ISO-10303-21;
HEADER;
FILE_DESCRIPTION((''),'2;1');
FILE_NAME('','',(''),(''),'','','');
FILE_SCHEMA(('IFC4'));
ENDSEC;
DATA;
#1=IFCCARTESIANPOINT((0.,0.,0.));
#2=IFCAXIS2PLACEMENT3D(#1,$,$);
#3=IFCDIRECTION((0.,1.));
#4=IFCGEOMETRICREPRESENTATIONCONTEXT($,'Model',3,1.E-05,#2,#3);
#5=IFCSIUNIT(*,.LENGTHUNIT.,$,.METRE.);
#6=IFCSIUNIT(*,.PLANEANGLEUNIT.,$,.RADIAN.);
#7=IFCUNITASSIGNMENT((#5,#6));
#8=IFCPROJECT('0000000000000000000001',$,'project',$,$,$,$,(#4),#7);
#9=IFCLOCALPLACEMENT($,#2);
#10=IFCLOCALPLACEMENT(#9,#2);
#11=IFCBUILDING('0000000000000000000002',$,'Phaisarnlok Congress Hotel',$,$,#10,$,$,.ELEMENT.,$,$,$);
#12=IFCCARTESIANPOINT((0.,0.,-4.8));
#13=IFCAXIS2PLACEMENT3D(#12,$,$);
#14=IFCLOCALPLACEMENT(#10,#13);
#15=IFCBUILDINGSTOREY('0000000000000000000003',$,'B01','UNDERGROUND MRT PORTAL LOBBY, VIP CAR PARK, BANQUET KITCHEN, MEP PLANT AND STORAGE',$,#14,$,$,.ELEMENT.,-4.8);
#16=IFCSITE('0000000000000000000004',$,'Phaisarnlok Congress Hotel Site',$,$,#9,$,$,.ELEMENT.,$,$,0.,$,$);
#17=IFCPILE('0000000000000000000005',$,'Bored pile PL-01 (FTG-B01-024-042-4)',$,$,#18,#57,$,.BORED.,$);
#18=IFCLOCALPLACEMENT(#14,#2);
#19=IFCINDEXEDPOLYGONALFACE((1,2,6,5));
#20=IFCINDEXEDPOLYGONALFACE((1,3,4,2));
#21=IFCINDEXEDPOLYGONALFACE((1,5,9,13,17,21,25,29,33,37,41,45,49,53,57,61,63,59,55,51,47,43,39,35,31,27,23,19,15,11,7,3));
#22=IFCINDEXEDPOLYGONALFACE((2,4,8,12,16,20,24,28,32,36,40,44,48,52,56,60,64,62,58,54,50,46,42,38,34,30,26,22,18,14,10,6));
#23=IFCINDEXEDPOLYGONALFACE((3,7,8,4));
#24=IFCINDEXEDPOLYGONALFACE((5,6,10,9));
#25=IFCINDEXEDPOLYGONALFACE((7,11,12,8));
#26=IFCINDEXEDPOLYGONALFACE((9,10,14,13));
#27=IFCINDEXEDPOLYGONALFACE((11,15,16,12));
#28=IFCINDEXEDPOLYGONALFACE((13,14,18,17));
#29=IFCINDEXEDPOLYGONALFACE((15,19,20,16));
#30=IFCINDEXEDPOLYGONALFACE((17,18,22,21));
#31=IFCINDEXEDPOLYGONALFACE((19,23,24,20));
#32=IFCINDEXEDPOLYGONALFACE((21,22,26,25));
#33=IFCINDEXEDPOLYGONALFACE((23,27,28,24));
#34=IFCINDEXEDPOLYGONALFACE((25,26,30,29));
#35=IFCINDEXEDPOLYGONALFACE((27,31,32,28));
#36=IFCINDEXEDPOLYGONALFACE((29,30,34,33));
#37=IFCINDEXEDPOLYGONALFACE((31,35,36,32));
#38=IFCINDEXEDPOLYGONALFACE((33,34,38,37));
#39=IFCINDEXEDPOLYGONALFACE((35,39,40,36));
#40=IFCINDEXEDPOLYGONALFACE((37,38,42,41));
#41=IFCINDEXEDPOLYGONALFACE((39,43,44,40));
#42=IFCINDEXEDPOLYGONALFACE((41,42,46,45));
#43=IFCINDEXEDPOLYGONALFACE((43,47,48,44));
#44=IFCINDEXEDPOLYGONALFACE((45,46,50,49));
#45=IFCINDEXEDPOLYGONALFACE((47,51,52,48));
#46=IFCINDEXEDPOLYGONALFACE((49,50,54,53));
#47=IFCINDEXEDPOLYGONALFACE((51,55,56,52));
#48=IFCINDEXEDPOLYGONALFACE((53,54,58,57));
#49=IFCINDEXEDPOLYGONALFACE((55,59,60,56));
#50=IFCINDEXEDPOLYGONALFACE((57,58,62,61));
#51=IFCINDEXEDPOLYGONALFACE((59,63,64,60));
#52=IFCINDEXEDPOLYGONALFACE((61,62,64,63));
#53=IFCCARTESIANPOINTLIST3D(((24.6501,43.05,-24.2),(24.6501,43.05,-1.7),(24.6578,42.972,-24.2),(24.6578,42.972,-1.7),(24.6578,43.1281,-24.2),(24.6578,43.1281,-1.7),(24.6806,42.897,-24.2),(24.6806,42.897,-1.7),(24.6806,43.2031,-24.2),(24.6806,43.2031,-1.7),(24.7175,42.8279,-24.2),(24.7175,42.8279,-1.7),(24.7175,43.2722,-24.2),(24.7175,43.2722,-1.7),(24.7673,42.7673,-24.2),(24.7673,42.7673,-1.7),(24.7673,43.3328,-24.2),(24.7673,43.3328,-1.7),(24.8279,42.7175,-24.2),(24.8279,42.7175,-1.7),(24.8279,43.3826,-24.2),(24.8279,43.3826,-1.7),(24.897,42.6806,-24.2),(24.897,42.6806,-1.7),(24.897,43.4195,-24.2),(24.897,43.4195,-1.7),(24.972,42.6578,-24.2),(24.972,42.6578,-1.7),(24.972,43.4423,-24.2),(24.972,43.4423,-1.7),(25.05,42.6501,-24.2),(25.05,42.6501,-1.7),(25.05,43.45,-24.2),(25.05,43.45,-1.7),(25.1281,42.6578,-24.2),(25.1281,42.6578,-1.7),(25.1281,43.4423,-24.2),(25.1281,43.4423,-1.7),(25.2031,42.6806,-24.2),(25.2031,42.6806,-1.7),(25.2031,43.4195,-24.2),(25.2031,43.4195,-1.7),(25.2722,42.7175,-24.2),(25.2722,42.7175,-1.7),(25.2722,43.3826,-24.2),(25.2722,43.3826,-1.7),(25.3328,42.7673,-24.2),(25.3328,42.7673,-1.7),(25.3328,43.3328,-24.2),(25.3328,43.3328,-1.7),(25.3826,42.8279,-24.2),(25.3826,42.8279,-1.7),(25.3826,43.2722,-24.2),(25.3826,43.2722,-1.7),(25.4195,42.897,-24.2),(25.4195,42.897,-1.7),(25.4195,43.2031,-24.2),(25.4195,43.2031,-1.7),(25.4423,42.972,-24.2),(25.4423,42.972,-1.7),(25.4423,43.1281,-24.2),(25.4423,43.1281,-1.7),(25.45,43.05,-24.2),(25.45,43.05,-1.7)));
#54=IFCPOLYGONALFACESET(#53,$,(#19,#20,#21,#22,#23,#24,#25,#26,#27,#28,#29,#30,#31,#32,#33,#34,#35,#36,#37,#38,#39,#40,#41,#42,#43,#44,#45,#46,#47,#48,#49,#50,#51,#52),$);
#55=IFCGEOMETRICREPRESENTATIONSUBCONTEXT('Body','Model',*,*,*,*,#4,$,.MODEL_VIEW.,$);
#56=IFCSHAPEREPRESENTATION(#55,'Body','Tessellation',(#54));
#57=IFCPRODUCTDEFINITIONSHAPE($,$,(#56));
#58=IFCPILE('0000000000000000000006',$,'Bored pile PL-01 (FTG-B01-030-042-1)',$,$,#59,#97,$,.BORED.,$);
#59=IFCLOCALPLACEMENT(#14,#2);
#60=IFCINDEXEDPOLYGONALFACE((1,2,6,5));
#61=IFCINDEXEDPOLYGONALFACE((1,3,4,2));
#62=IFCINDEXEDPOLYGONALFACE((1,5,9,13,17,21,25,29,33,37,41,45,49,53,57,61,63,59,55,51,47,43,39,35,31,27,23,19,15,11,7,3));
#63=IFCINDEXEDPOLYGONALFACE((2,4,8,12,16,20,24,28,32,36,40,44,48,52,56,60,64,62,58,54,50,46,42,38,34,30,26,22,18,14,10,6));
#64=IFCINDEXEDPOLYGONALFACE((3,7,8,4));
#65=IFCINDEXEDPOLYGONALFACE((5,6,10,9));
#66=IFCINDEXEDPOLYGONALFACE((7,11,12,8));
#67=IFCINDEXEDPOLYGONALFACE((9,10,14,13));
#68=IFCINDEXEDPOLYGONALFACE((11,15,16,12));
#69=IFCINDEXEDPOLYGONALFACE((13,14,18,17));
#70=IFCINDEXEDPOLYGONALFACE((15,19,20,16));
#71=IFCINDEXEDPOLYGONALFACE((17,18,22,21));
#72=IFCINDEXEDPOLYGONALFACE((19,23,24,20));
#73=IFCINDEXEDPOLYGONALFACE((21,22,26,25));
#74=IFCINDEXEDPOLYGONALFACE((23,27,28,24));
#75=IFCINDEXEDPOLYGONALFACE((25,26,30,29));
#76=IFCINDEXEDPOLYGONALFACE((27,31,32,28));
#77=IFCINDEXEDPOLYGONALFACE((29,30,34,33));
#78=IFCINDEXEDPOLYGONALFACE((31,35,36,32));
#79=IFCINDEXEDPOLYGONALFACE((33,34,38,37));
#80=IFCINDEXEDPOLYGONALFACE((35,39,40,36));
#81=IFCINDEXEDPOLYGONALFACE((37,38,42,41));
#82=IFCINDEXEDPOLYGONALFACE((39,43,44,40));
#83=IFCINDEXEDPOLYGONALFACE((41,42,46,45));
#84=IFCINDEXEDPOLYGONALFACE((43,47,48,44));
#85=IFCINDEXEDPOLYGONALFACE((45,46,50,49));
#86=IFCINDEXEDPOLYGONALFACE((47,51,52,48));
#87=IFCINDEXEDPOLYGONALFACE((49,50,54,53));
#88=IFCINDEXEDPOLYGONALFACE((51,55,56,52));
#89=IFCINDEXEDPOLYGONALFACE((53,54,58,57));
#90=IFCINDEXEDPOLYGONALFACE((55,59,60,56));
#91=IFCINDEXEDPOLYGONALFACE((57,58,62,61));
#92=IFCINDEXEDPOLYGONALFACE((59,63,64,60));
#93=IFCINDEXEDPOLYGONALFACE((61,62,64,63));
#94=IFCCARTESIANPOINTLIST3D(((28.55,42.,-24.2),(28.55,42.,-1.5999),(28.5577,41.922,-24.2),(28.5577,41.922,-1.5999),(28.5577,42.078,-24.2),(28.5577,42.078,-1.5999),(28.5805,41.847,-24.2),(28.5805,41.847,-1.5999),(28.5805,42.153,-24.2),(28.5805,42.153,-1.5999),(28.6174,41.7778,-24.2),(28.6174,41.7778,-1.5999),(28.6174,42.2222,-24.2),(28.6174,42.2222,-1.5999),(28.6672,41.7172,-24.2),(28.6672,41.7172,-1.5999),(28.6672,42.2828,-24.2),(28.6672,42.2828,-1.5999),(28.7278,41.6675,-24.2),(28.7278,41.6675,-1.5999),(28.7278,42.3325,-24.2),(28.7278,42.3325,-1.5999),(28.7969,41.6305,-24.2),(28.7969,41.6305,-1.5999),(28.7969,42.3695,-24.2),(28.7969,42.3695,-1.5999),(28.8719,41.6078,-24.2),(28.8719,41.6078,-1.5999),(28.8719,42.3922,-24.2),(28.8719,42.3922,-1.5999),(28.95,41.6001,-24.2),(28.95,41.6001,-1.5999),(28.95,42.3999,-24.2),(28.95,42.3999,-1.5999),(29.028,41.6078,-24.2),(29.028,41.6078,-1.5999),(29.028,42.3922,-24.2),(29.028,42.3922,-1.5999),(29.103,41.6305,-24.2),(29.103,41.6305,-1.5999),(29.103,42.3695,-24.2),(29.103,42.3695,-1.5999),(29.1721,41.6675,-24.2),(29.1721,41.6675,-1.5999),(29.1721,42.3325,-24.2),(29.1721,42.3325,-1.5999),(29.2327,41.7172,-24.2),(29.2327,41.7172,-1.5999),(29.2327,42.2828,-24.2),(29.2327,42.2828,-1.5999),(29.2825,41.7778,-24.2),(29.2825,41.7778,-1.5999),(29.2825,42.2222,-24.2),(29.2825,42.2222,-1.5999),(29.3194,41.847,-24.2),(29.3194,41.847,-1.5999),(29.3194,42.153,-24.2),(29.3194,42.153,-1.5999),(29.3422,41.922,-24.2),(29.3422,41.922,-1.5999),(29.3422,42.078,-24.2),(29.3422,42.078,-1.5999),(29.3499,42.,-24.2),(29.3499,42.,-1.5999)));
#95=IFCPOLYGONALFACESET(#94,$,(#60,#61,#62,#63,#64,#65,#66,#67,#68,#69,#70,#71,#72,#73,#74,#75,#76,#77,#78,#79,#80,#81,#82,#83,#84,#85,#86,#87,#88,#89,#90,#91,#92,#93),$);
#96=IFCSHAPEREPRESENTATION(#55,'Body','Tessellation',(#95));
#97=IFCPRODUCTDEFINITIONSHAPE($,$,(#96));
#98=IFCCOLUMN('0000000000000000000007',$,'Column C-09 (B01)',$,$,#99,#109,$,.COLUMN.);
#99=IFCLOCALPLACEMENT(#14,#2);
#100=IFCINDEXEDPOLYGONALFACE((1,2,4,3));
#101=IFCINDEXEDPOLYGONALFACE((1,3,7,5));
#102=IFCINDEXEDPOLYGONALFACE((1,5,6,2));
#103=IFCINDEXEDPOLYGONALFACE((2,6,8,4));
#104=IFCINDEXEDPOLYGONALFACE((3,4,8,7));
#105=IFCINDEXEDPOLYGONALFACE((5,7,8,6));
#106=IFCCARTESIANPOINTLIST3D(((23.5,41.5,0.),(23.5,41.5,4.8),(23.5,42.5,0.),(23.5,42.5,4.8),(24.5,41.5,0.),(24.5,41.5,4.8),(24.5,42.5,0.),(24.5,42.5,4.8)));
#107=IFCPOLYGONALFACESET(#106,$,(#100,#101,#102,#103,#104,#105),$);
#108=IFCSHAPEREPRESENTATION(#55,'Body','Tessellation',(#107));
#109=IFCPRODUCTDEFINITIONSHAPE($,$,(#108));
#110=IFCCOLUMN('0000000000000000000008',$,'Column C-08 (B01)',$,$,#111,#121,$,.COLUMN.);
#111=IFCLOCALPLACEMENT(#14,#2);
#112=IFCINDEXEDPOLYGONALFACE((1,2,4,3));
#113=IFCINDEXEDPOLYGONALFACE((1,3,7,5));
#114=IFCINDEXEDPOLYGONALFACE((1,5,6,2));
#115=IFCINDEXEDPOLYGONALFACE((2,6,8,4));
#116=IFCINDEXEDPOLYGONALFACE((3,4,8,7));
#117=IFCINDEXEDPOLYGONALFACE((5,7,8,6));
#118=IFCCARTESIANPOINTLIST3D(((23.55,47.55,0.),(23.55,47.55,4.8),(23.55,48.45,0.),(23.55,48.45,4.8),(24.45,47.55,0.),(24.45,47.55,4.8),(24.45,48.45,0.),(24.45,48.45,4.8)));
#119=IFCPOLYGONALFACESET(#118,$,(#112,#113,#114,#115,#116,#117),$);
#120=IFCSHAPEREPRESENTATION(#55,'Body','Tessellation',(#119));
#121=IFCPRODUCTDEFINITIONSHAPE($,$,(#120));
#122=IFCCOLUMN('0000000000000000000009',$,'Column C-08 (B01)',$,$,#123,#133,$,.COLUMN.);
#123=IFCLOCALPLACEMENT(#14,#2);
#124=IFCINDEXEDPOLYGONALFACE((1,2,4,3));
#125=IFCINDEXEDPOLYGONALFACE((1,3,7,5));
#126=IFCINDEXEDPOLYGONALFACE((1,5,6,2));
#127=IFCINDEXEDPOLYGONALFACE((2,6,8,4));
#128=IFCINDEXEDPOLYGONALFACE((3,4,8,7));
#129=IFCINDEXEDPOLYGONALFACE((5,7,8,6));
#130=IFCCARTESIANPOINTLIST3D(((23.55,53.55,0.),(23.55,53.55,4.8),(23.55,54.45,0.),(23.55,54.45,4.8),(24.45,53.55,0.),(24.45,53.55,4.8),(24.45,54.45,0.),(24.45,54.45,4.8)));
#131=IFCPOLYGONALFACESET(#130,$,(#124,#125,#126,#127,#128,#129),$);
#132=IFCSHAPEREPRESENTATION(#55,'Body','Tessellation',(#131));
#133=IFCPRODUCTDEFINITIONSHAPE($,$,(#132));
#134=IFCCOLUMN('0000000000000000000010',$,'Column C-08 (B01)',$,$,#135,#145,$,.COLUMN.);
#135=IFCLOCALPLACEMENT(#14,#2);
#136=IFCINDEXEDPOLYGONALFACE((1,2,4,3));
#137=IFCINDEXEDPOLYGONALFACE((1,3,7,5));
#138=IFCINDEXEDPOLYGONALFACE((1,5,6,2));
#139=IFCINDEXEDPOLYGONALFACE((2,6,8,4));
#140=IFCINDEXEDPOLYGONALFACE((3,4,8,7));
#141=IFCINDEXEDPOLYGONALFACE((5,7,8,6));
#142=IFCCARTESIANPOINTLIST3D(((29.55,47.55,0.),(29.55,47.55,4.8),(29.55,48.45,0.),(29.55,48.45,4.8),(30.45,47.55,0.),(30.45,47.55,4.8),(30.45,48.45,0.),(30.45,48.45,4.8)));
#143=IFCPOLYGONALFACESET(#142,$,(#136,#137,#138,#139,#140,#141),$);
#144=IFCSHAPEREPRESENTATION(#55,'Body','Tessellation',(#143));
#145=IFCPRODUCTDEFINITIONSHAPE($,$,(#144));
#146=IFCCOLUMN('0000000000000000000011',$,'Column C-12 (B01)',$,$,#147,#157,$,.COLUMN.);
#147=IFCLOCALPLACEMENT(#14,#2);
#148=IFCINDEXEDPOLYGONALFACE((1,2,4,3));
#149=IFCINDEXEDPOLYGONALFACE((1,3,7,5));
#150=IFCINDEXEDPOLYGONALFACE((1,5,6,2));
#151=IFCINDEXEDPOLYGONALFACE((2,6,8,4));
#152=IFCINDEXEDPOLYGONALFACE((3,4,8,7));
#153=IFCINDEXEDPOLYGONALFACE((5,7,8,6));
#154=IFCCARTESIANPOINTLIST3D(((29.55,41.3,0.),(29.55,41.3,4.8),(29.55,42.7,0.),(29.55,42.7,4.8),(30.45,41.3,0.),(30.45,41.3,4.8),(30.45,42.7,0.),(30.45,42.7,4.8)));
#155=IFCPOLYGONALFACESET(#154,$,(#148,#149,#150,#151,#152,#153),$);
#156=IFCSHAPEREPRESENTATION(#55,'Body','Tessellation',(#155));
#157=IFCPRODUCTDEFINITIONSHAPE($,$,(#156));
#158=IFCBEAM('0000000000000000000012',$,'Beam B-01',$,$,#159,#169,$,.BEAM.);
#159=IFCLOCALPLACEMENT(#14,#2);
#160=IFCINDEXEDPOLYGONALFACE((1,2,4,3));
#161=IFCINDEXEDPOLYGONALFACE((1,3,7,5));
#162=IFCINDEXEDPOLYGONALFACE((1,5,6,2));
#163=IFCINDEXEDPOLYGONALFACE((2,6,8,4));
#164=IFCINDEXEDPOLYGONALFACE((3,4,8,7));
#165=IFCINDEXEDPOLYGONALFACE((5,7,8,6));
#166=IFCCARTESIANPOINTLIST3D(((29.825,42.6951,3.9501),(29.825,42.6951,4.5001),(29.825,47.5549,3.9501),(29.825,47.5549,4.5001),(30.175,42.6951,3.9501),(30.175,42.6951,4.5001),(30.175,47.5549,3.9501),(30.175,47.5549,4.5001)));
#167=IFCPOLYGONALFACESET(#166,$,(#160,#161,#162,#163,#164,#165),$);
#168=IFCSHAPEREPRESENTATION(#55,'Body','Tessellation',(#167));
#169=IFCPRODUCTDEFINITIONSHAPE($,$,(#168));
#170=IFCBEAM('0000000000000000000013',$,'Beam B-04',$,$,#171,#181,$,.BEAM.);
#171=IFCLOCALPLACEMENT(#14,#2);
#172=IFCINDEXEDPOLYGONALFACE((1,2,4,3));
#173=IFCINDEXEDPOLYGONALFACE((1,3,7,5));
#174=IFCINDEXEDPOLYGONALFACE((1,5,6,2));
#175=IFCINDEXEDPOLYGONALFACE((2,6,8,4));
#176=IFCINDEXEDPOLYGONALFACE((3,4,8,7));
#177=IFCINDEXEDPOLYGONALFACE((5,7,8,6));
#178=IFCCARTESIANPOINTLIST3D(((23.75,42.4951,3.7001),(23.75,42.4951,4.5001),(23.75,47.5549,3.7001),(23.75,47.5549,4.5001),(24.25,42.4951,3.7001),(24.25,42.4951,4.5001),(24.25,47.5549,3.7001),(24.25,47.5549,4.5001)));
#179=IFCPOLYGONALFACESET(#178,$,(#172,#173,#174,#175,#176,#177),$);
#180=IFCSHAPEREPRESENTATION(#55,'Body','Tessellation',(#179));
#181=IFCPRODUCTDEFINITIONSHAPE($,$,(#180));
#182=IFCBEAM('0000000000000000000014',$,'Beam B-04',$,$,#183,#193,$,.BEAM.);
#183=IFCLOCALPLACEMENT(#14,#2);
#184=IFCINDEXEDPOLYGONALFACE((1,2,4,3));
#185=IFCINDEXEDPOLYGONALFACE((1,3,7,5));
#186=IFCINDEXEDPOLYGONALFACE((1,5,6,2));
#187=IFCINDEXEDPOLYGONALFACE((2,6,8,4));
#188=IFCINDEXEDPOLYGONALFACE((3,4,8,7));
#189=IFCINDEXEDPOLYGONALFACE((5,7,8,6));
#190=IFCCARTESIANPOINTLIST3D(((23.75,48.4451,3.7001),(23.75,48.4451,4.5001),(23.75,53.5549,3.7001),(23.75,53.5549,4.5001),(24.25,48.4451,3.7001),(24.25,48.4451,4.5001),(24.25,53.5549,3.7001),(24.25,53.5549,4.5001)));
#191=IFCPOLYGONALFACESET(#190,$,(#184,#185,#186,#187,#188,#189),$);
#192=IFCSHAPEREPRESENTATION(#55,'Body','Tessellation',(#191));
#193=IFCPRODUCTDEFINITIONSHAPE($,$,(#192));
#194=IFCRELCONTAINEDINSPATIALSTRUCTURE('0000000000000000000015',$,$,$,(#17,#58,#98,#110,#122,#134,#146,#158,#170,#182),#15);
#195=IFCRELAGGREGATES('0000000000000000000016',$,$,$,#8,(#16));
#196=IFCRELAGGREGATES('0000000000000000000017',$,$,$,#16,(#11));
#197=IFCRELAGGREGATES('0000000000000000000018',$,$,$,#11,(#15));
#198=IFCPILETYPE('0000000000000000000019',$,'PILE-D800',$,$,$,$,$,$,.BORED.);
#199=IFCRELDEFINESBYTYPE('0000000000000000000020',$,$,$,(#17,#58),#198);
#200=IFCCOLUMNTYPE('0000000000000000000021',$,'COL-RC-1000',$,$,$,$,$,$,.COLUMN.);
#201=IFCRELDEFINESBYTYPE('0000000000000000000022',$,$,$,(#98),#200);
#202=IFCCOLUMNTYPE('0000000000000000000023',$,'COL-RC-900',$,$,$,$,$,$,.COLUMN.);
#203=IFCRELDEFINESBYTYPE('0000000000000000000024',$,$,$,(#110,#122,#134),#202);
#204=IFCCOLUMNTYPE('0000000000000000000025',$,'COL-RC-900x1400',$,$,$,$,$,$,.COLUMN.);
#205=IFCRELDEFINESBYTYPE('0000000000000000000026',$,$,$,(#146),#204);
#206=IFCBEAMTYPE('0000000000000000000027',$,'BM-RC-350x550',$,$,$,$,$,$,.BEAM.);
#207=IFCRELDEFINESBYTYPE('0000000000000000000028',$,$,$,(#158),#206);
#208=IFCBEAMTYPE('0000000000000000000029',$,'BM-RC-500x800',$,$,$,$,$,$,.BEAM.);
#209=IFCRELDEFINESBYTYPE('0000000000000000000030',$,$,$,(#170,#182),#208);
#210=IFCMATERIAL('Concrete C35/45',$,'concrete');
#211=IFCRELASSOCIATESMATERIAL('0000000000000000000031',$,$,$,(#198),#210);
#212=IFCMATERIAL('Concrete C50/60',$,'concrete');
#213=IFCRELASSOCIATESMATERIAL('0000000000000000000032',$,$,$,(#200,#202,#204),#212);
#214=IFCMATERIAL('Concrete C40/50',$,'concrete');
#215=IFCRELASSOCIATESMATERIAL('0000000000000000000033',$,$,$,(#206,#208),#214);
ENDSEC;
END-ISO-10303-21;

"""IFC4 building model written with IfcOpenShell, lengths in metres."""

from ifc_helpers import new_model, si_unit, direction, frame, origin, origin_2d, place, context, subcontext, project, spatial, rectangle, circle, extrude, material, material_profile, profile_set, type_object, element, save


model = new_model("IFC4")

# Units and contexts
model_context = context("Model", 3, precision=1e-05, world=origin(), true_north=direction((0.0, 1.0)))
body_context = subcontext(model_context, "Body", "Model", "MODEL_VIEW")
ifc_project = project(units=[si_unit("LENGTHUNIT", "METRE"), si_unit("PLANEANGLEUNIT", "RADIAN")], contexts=[model_context])

# Site, building, storey
site_placement = place(None, origin())
site = spatial("IfcSite", under=ifc_project, at=site_placement, Name="Phaisarnlok Congress Hotel Site", CompositionType="ELEMENT", RefElevation=0.0)
building_placement = place(site_placement, origin())
building = spatial("IfcBuilding", under=site, at=building_placement, Name="Phaisarnlok Congress Hotel", CompositionType="ELEMENT")
storey_placement = place(building_placement, frame((0.0, 0.0, -4.8)))
storey = spatial("IfcBuildingStorey", under=building, at=storey_placement, Name="B01", Description="UNDERGROUND MRT PORTAL LOBBY, VIP CAR PARK, BANQUET KITCHEN, MEP PLANT AND STORAGE", CompositionType="ELEMENT", Elevation=-4.8)

# Shared definitions
ifc_material_1 = material(Name="Concrete C40/50", Category="concrete")

# Piles
ifc_material_2 = material(Name="Concrete C35/45", Category="concrete")
ifc_material_profile_1 = material_profile(ifc_material_2, circle(Radius=0.3999, at=origin_2d()), Name="BORED PILE D800")
ifc_profile_set_1 = profile_set([ifc_material_profile_1], Name="Concrete C35/45")
pile_type_1 = type_object("IfcPileType", Name="PILE-D800", PredefinedType="BORED", material=ifc_profile_set_1)
for number, where, z_axis, x_axis, name in (
    (1, (25.05, 43.05, -1.7), (0.0, 0.0, -1.0), (1.0, 0.0, 0.0), "Bored pile PL-01 (FTG-B01-024-042-4)"),
):
    element("IfcPile", number, at=place(storey_placement, frame(where, z_axis=z_axis, x_axis=x_axis)), inside=storey, type_object=pile_type_1, Name=name, PredefinedType="BORED", context=body_context, shape_type="SweptSolid", body=[
        extrude(circle(Radius=0.3999, at=origin_2d()), origin(), (0.0, 0.0, 1.0), 22.5),
    ])
pile_1_placement = place(storey_placement, frame((28.95, 42.0, -1.5999), z_axis=(0.0, 0.0, -1.0), x_axis=(1.0, 0.0, 0.0)))
element("IfcPile", 2, at=pile_1_placement, inside=storey, type_object=pile_type_1, Name="Bored pile PL-01 (FTG-B01-030-042-1)", PredefinedType="BORED", context=body_context, shape_type="SweptSolid", body=[
    extrude(circle(Radius=0.3999, at=origin_2d()), origin(), (0.0, 0.0, 1.0), 22.6001),
])

# Columns
ifc_material_3 = material(Name="Concrete C50/60", Category="concrete")
ifc_material_profile_2 = material_profile(ifc_material_3, rectangle(XDim=1.0, YDim=1.0, at=origin_2d()), Name="RC 1000x1000")
ifc_profile_set_2 = profile_set([ifc_material_profile_2], Name="Concrete C50/60")
column_type_1 = type_object("IfcColumnType", Name="COL-RC-1000", PredefinedType="COLUMN", material=ifc_profile_set_2)
column_1_placement = place(storey_placement, frame((24.0, 42.0, 0.0), z_axis=(0.0, 0.0, 1.0), x_axis=(1.0, 0.0, 0.0)))
element("IfcColumn", 3, at=column_1_placement, inside=storey, type_object=column_type_1, Name="Column C-09 (B01)", PredefinedType="COLUMN", context=body_context, shape_type="SweptSolid", body=[
    extrude(rectangle(XDim=1.0, YDim=1.0, at=origin_2d()), origin(), (0.0, 0.0, 1.0), 4.8),
])
ifc_material_profile_3 = material_profile(ifc_material_3, rectangle(XDim=0.8999, YDim=0.8999, at=origin_2d()), Name="RC 900x900")
ifc_profile_set_3 = profile_set([ifc_material_profile_3], Name="Concrete C50/60")
column_type_2 = type_object("IfcColumnType", Name="COL-RC-900", PredefinedType="COLUMN", material=ifc_profile_set_3)
for number, where, z_axis, x_axis, name in (
    (4, (24.0, 48.0, 0.0), (0.0, 0.0, 1.0), (1.0, 0.0, 0.0), "Column C-08 (B01)"),
    (5, (24.0, 54.0, 0.0), (0.0, 0.0, 1.0), (1.0, 0.0, 0.0), "Column C-08 (B01)"),
    (6, (30.0, 48.0, 0.0), (0.0, 0.0, 1.0), (1.0, 0.0, 0.0), "Column C-08 (B01)"),
):
    element("IfcColumn", number, at=place(storey_placement, frame(where, z_axis=z_axis, x_axis=x_axis)), inside=storey, type_object=column_type_2, Name=name, PredefinedType="COLUMN", context=body_context, shape_type="SweptSolid", body=[
        extrude(rectangle(XDim=0.8999, YDim=0.8999, at=origin_2d()), origin(), (0.0, 0.0, 1.0), 4.8),
    ])
ifc_material_profile_4 = material_profile(ifc_material_3, rectangle(XDim=0.8999, YDim=1.3999, at=origin_2d()), Name="RC 900x1400")
ifc_profile_set_4 = profile_set([ifc_material_profile_4], Name="Concrete C50/60")
column_type_3 = type_object("IfcColumnType", Name="COL-RC-900x1400", PredefinedType="COLUMN", material=ifc_profile_set_4)
column_2_placement = place(storey_placement, frame((30.0, 42.0, 0.0), z_axis=(0.0, 0.0, 1.0), x_axis=(1.0, 0.0, 0.0)))
element("IfcColumn", 7, at=column_2_placement, inside=storey, type_object=column_type_3, Name="Column C-12 (B01)", PredefinedType="COLUMN", context=body_context, shape_type="SweptSolid", body=[
    extrude(rectangle(XDim=0.8999, YDim=1.3999, at=origin_2d()), origin(), (0.0, 0.0, 1.0), 4.8),
])

# Beams
ifc_material_profile_5 = material_profile(ifc_material_1, rectangle(XDim=0.3501, YDim=0.55, at=origin_2d()), Name="RC 350x550")
ifc_profile_set_5 = profile_set([ifc_material_profile_5], Name="Concrete C40/50")
beam_type_1 = type_object("IfcBeamType", Name="BM-RC-350x550", PredefinedType="BEAM", material=ifc_profile_set_5)
beam_1_placement = place(storey_placement, frame((30.0, 42.6951, 4.2251), z_axis=(0.0, 1.0, 0.0), x_axis=(-1.0, 0.0, 0.0)))
element("IfcBeam", 8, at=beam_1_placement, inside=storey, type_object=beam_type_1, Name="Beam B-01", PredefinedType="BEAM", context=body_context, shape_type="SweptSolid", body=[
    extrude(rectangle(XDim=0.3501, YDim=0.55, at=origin_2d()), origin(), (0.0, 0.0, 1.0), 4.8599),
])
ifc_material_profile_6 = material_profile(ifc_material_1, rectangle(XDim=0.5, YDim=0.8, at=origin_2d()), Name="RC 500x800")
ifc_profile_set_6 = profile_set([ifc_material_profile_6], Name="Concrete C40/50")
beam_type_2 = type_object("IfcBeamType", Name="BM-RC-500x800", PredefinedType="BEAM", material=ifc_profile_set_6)
beam_2_placement = place(storey_placement, frame((24.0, 42.4951, 4.1001), z_axis=(0.0, 1.0, 0.0), x_axis=(-1.0, 0.0, 0.0)))
element("IfcBeam", 9, at=beam_2_placement, inside=storey, type_object=beam_type_2, Name="Beam B-04", PredefinedType="BEAM", context=body_context, shape_type="SweptSolid", body=[
    extrude(rectangle(XDim=0.5, YDim=0.8, at=origin_2d()), origin(), (0.0, 0.0, 1.0), 5.0598),
])
beam_3_placement = place(storey_placement, frame((24.0, 48.4451, 4.1001), z_axis=(0.0, 1.0, 0.0), x_axis=(-1.0, 0.0, 0.0)))
element("IfcBeam", 10, at=beam_3_placement, inside=storey, type_object=beam_type_2, Name="Beam B-04", PredefinedType="BEAM", context=body_context, shape_type="SweptSolid", body=[
    extrude(rectangle(XDim=0.5, YDim=0.8, at=origin_2d()), origin(), (0.0, 0.0, 1.0), 5.1099),
])

save(model, "model.ifc")
